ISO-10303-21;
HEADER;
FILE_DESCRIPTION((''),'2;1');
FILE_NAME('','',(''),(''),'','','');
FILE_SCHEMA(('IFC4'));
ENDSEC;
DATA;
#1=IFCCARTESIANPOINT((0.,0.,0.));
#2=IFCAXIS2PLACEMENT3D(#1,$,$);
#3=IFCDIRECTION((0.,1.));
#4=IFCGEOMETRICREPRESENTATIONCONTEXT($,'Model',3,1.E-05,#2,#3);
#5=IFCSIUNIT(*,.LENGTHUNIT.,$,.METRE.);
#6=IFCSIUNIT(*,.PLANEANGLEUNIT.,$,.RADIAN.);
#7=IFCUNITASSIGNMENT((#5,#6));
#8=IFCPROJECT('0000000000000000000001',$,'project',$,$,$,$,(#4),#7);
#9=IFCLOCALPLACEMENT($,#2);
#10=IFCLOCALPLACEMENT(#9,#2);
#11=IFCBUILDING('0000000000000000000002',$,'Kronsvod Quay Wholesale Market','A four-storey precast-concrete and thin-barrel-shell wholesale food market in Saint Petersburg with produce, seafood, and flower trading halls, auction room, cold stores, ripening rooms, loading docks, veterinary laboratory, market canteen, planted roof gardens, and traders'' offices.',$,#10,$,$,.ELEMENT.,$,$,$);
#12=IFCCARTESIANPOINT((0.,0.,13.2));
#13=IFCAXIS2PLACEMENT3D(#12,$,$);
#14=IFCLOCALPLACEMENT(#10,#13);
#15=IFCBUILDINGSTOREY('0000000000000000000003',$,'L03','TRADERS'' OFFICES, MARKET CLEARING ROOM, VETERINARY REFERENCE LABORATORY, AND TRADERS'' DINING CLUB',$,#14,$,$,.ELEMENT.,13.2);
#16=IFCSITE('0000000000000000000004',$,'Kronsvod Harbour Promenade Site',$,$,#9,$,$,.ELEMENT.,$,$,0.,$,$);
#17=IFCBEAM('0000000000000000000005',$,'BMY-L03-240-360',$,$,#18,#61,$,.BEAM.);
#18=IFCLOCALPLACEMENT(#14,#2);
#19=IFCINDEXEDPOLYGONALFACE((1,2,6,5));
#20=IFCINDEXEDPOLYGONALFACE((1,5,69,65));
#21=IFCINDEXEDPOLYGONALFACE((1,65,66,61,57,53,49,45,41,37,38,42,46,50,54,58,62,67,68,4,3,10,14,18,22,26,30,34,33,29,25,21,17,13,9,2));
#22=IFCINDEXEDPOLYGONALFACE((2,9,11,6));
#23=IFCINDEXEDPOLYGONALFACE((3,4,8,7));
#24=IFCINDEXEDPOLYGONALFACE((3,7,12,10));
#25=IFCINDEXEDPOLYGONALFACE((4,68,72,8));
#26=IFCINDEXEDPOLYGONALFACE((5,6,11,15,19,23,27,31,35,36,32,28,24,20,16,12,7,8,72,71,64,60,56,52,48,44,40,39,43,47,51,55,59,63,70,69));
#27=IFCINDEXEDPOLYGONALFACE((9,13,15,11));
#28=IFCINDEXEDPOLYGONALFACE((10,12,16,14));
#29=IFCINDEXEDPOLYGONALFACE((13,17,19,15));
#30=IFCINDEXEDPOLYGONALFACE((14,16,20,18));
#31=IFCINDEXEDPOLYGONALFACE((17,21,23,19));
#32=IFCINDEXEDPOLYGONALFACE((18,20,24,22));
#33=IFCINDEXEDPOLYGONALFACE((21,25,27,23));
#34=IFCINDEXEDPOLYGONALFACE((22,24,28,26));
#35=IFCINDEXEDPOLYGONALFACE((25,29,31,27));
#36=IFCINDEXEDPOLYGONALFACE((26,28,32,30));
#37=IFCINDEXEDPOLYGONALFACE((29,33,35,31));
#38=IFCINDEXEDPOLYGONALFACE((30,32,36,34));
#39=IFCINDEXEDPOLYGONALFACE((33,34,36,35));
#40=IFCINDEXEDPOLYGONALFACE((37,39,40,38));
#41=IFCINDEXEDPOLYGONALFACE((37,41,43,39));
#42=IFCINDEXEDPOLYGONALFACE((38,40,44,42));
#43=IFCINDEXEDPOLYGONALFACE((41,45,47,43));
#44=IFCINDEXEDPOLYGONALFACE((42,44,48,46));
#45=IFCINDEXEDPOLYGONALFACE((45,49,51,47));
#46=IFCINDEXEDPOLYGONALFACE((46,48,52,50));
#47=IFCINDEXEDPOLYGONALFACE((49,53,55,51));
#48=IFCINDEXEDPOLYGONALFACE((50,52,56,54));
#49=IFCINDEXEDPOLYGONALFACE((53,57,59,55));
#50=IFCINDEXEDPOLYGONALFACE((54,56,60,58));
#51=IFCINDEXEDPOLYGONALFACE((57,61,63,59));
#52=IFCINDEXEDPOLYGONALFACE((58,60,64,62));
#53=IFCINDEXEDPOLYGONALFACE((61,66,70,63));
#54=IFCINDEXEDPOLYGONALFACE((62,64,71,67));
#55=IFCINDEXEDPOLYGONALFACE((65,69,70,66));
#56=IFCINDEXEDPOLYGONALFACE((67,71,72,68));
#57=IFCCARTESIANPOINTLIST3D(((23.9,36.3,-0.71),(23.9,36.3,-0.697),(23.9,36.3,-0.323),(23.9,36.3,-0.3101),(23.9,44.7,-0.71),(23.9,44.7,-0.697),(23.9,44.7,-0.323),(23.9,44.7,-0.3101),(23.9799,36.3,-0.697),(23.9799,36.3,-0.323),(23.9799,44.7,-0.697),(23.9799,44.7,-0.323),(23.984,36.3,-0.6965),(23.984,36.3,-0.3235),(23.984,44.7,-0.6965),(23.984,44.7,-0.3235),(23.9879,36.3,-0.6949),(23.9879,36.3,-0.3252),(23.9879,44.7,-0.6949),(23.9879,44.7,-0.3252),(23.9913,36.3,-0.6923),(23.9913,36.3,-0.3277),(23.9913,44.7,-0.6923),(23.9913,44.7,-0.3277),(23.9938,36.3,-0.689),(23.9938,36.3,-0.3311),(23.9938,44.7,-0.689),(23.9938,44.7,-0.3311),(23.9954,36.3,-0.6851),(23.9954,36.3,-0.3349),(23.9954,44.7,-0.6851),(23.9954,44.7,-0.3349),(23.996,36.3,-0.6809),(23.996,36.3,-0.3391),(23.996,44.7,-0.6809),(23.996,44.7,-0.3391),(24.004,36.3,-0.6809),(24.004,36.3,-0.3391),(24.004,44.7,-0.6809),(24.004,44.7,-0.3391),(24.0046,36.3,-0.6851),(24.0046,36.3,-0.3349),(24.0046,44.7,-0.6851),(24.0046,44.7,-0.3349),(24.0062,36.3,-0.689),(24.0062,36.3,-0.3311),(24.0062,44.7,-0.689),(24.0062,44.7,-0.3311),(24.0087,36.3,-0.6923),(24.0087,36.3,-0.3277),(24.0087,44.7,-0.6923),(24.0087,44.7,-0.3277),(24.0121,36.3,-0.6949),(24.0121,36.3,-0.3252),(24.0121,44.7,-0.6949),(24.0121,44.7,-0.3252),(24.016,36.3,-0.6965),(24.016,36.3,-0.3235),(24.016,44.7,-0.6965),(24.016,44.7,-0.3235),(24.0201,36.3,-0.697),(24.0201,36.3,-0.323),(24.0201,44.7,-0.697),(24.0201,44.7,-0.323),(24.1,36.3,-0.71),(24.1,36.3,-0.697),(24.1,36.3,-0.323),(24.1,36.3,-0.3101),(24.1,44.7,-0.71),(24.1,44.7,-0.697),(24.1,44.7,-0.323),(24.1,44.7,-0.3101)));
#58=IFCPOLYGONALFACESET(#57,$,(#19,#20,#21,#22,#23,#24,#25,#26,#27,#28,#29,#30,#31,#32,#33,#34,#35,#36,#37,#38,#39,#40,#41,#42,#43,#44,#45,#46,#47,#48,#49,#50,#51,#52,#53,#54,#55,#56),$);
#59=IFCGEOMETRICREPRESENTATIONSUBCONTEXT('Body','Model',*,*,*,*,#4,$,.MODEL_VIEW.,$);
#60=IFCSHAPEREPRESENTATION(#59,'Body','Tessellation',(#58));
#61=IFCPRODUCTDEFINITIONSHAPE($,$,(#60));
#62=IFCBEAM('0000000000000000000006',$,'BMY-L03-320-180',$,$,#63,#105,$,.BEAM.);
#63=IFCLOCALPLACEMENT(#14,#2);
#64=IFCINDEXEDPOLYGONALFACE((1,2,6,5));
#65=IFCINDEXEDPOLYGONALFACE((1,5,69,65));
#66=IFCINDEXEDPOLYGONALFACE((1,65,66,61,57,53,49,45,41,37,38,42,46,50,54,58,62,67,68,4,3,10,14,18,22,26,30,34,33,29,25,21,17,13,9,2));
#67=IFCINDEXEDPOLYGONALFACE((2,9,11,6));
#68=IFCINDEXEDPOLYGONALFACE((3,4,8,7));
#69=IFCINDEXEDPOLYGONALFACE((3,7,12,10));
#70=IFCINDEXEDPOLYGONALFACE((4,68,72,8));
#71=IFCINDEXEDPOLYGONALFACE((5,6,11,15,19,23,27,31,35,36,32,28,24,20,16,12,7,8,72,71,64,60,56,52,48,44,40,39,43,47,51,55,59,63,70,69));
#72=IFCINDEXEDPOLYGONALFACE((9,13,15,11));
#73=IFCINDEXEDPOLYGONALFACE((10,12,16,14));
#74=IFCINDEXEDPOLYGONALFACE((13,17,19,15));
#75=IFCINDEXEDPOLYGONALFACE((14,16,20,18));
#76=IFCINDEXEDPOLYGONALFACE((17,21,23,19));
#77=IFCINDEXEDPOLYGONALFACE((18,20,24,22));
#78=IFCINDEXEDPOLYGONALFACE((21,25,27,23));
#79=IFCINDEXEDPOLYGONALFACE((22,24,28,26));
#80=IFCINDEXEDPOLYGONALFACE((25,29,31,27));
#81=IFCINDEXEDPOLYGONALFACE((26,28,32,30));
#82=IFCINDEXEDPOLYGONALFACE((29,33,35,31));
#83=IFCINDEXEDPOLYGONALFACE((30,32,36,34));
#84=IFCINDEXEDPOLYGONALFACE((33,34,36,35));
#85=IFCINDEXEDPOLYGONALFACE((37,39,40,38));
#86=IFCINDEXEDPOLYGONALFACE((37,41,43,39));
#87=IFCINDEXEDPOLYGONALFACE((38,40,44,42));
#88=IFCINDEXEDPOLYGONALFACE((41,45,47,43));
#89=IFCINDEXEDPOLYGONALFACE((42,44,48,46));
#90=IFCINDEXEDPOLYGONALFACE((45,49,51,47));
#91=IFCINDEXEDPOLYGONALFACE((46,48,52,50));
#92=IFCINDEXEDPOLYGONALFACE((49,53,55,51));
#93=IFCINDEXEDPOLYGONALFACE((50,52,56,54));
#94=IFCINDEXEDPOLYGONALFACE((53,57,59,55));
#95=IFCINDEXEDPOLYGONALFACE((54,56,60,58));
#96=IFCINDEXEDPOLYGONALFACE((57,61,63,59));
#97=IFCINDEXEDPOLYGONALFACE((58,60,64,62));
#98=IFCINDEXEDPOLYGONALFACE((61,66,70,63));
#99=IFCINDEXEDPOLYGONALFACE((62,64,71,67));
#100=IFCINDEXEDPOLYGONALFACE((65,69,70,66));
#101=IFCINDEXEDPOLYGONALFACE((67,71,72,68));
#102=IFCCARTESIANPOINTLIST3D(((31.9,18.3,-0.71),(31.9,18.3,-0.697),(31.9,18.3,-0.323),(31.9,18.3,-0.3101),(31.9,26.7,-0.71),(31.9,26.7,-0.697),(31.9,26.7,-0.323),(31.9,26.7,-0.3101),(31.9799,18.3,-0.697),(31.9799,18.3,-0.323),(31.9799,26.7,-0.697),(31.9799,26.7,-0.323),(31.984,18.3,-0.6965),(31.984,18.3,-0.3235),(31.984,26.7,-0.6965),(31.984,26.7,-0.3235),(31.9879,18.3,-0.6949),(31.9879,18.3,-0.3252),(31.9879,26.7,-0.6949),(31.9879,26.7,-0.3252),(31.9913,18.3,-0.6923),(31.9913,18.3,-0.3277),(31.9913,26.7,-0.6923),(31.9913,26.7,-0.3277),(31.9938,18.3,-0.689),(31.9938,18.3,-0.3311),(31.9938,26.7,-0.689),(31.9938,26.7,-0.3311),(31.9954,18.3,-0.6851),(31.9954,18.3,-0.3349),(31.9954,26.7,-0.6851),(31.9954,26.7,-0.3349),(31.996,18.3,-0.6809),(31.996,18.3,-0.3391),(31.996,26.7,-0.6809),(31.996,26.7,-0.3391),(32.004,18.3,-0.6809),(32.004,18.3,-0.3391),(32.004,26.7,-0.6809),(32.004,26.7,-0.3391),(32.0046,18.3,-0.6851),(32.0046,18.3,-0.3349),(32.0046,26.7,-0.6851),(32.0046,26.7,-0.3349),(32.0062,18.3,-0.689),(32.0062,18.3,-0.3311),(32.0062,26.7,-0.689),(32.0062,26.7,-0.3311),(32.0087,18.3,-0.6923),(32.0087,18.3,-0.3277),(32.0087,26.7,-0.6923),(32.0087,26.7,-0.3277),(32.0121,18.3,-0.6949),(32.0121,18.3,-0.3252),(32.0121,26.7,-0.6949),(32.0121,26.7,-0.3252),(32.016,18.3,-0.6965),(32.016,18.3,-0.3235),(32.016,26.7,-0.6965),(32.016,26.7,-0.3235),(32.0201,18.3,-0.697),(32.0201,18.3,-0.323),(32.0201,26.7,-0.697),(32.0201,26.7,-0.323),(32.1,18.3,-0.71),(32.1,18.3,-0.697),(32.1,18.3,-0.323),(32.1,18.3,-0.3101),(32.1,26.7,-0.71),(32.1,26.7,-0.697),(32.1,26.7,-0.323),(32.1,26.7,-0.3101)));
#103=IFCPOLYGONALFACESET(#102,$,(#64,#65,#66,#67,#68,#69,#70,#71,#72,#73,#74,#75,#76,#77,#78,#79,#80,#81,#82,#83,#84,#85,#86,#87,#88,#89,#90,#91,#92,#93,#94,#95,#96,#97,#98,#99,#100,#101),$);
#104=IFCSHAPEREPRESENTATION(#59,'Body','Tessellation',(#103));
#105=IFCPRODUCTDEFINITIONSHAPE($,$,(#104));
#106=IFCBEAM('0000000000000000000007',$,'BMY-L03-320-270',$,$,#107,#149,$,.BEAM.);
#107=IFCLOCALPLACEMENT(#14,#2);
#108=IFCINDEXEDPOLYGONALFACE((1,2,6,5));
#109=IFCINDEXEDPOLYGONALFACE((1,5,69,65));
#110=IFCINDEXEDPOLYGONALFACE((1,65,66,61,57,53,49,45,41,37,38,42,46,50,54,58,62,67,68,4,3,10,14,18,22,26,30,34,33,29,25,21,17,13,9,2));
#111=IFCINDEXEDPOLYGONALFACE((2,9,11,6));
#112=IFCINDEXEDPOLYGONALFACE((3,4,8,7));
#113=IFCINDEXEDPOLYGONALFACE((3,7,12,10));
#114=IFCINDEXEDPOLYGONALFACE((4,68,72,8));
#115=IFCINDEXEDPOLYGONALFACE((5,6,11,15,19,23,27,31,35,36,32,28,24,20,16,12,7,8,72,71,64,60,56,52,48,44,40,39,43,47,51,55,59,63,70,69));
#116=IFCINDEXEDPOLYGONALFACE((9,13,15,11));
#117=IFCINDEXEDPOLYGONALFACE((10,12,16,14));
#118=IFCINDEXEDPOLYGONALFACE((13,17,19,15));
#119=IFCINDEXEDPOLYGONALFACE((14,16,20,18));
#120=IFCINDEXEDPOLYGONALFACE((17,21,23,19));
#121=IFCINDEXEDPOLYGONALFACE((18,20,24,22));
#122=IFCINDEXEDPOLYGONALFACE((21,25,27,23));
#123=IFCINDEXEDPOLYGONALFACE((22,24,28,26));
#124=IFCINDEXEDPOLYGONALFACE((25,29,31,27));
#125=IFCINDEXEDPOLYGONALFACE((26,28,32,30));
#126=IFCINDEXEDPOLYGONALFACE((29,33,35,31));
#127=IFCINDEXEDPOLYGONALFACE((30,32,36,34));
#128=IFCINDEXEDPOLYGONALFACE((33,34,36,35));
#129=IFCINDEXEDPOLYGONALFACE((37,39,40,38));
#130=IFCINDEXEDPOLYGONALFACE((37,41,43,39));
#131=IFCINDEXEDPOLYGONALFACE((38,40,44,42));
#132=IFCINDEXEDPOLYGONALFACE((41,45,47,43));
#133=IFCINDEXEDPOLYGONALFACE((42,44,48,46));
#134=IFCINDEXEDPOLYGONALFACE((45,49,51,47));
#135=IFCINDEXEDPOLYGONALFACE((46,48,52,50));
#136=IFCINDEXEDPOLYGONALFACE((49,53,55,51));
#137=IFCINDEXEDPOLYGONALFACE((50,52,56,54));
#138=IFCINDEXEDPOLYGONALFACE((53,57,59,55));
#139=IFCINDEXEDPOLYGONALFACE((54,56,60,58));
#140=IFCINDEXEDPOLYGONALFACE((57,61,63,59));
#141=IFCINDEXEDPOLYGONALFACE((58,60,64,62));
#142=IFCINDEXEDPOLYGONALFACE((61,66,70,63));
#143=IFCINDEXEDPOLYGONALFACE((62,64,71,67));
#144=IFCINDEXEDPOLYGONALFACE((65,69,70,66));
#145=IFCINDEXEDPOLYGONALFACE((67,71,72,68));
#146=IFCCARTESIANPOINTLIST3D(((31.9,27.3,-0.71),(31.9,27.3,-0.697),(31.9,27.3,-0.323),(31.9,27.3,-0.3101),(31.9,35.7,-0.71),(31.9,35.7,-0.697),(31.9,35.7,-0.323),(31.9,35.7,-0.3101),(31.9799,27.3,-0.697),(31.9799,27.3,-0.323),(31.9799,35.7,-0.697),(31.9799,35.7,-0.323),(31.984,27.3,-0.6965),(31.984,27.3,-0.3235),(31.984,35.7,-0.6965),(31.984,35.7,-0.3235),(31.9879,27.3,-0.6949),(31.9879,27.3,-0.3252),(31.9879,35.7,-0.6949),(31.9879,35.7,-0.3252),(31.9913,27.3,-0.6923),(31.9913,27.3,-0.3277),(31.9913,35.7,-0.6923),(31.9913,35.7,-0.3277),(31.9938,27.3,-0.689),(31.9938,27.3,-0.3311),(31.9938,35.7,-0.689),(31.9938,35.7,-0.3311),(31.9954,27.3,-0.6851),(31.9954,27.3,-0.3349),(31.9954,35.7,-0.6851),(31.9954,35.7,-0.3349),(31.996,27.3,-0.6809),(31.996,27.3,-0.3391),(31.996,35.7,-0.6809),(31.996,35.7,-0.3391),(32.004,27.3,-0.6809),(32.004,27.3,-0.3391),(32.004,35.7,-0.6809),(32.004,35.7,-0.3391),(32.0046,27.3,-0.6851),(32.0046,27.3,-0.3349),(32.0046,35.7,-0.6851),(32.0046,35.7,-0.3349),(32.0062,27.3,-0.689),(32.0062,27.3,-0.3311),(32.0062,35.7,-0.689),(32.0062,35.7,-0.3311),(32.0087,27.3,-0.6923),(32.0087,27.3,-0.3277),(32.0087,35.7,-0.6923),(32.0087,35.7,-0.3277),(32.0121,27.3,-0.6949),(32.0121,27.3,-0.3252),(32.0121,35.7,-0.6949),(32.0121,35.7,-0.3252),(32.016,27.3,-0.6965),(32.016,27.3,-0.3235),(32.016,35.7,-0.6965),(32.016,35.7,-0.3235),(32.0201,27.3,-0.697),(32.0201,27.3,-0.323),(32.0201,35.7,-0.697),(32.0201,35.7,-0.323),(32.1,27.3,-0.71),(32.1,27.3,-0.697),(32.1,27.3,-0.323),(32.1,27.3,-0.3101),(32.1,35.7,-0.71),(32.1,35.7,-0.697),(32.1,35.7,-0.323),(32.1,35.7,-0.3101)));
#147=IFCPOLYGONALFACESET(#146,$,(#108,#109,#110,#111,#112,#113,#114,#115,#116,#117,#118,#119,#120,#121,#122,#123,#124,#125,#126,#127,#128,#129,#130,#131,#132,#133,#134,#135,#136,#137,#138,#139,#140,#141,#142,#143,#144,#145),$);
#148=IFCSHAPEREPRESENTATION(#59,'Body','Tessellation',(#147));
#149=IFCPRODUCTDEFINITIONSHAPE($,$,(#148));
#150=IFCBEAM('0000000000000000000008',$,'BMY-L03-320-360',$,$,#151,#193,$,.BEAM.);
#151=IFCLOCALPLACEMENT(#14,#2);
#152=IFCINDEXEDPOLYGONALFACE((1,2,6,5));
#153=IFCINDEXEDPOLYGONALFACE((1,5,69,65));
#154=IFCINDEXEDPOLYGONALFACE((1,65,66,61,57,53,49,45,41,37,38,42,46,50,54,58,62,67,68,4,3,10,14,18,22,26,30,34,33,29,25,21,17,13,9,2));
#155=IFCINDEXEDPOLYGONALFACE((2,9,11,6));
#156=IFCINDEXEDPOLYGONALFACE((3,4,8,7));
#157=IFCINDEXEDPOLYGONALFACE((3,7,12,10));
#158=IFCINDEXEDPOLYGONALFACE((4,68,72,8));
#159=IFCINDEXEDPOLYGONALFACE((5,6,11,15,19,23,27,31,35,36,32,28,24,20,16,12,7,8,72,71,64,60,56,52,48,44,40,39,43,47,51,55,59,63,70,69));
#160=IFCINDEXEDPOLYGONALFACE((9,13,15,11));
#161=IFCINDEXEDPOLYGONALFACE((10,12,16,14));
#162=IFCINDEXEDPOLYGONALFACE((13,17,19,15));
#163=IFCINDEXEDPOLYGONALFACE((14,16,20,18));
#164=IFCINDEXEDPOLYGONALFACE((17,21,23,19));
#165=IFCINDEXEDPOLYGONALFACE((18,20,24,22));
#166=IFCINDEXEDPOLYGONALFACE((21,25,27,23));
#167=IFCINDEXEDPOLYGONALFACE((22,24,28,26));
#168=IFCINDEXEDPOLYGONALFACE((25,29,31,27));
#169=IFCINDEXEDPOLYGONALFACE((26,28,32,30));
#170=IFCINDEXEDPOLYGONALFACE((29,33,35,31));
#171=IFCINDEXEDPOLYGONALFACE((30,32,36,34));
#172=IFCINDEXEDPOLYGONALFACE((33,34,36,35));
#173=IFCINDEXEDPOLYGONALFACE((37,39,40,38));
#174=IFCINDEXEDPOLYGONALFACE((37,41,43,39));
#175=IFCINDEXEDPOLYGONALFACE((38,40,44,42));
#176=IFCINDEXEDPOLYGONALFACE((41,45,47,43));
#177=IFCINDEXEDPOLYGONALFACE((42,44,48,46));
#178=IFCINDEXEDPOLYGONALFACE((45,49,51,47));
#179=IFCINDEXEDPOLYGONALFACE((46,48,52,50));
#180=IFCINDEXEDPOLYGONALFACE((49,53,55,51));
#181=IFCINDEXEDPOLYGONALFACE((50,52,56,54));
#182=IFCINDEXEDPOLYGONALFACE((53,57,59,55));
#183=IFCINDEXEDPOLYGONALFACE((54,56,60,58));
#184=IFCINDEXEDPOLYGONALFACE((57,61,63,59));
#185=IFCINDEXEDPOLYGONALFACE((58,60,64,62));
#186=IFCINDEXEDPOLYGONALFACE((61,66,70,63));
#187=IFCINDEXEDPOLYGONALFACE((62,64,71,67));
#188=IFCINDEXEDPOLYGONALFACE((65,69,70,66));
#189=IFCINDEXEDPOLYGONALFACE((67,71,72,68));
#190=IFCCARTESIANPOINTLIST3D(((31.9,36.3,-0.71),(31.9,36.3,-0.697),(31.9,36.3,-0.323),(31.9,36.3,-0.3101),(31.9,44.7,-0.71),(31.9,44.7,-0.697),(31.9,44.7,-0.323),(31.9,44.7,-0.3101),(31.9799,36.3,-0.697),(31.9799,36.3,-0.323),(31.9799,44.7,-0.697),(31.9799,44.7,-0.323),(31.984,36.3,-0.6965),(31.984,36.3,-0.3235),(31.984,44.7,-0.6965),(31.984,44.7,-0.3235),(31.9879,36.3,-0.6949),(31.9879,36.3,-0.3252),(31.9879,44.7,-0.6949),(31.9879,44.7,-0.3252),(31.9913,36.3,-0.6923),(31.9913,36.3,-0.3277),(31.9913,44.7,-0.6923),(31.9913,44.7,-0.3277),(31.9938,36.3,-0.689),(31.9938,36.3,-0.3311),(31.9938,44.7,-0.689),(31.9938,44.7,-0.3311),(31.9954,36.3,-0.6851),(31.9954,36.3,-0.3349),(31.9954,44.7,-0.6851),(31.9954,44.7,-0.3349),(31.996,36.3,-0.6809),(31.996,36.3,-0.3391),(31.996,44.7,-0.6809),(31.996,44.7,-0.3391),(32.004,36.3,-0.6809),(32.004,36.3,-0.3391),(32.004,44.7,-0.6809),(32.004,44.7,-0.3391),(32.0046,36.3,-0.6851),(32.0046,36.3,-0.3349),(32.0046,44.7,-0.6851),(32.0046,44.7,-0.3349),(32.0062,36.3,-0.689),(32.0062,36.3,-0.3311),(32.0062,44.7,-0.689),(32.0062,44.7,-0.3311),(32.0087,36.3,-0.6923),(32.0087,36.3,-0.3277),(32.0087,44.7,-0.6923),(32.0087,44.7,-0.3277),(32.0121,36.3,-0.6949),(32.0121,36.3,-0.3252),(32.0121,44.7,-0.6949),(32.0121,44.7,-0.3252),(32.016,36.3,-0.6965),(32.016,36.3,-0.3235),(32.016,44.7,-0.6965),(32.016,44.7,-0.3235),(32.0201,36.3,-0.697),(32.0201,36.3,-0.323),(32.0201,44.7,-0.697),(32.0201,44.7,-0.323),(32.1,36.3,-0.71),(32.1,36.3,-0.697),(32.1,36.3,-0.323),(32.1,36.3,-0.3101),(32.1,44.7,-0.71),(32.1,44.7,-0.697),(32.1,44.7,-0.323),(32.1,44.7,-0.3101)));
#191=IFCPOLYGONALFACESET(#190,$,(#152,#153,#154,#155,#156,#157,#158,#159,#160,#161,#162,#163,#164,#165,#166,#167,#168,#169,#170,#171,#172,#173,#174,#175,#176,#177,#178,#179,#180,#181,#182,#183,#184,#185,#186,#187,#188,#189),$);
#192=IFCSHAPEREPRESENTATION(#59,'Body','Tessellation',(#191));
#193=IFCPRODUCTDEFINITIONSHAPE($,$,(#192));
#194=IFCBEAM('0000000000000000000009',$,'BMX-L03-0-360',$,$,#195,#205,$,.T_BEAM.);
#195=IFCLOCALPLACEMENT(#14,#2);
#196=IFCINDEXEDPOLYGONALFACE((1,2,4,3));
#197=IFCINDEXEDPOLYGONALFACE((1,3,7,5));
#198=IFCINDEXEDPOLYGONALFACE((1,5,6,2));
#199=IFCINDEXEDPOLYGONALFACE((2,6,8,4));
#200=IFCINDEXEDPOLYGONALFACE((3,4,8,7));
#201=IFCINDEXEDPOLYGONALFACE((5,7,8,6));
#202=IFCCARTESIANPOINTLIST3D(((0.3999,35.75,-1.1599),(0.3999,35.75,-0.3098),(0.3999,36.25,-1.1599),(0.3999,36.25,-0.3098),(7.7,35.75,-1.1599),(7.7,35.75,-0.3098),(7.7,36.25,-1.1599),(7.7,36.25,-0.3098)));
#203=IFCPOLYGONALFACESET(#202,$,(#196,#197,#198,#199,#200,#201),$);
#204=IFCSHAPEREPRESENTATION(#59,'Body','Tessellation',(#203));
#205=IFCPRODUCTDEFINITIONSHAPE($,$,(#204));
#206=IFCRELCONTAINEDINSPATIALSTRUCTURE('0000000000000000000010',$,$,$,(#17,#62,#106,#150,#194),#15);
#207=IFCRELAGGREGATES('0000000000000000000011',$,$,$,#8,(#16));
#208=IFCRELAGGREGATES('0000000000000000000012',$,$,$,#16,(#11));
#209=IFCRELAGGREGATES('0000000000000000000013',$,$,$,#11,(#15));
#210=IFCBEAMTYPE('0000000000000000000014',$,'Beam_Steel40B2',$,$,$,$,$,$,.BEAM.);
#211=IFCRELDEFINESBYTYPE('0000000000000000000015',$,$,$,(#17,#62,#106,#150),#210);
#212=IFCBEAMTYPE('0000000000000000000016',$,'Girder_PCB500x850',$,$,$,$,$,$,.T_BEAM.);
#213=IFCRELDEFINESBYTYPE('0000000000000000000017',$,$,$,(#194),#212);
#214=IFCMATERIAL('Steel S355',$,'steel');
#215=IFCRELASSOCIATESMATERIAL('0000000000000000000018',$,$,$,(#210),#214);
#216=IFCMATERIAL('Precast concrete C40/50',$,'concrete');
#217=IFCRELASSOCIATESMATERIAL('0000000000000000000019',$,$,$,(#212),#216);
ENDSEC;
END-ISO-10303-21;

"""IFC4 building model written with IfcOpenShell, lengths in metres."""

from ifc_helpers import new_model, si_unit, direction, frame, origin, origin_2d, place, context, subcontext, project, spatial, rectangle, i_section, extrude, material, material_profile, profile_set, type_object, element, save


model = new_model("IFC4")

# Units and contexts
model_context = context("Model", 3, precision=1e-05, world=origin(), true_north=direction((0.0, 1.0)))
body_context = subcontext(model_context, "Body", "Model", "MODEL_VIEW")
ifc_project = project(units=[si_unit("LENGTHUNIT", "METRE"), si_unit("PLANEANGLEUNIT", "RADIAN")], contexts=[model_context])

# Site, building, storey
site_placement = place(None, origin())
site = spatial("IfcSite", under=ifc_project, at=site_placement, Name="Kronsvod Harbour Promenade Site", CompositionType="ELEMENT", RefElevation=0.0)
building_placement = place(site_placement, origin())
building = spatial("IfcBuilding", under=site, at=building_placement, Name="Kronsvod Quay Wholesale Market", Description="A four-storey precast-concrete and thin-barrel-shell wholesale food market in Saint Petersburg with produce, seafood, and flower trading halls, auction room, cold stores, ripening rooms, loading docks, veterinary laboratory, market canteen, planted roof gardens, and traders' offices.", CompositionType="ELEMENT")
storey_placement = place(building_placement, frame((0.0, 0.0, 13.2)))
storey = spatial("IfcBuildingStorey", under=building, at=storey_placement, Name="L03", Description="TRADERS' OFFICES, MARKET CLEARING ROOM, VETERINARY REFERENCE LABORATORY, AND TRADERS' DINING CLUB", CompositionType="ELEMENT", Elevation=13.2)

# Beams
ifc_material_1 = material(Name="Steel S355", Category="steel")
ifc_material_profile_1 = material_profile(ifc_material_1, i_section(OverallWidth=0.2, OverallDepth=0.3999, WebThickness=0.0081, FlangeThickness=0.0129, FilletRadius=0.0161, at=origin_2d()), Name="40B2")
ifc_profile_set_1 = profile_set([ifc_material_profile_1], Name="Steel S355")
beam_type_1 = type_object("IfcBeamType", Name="Beam_Steel40B2", PredefinedType="BEAM", material=ifc_profile_set_1)
for number, where, z_axis, x_axis, name in (
    (1, (24.0, 36.3, -0.51), (0.0, 1.0, 0.0), (-1.0, 0.0, 0.0), "BMY-L03-240-360"),
    (2, (32.0, 18.3, -0.51), (0.0, 1.0, 0.0), (-1.0, 0.0, 0.0), "BMY-L03-320-180"),
    (3, (32.0, 27.3, -0.51), (0.0, 1.0, 0.0), (-1.0, 0.0, 0.0), "BMY-L03-320-270"),
    (4, (32.0, 36.3, -0.51), (0.0, 1.0, 0.0), (-1.0, 0.0, 0.0), "BMY-L03-320-360"),
):
    element("IfcBeam", number, at=place(storey_placement, frame(where, z_axis=z_axis, x_axis=x_axis)), inside=storey, type_object=beam_type_1, Name=name, PredefinedType="BEAM", context=body_context, shape_type="SweptSolid", body=[
        extrude(i_section(OverallWidth=0.2, OverallDepth=0.3999, WebThickness=0.0081, FlangeThickness=0.0129, FilletRadius=0.0161, at=origin_2d()), origin(), (0.0, 0.0, 1.0), 8.3999),
    ])
ifc_material_2 = material(Name="Precast concrete C40/50", Category="concrete")
ifc_material_profile_2 = material_profile(ifc_material_2, rectangle(XDim=0.5, YDim=0.8501, at=origin_2d()), Name="PCB500x850")
ifc_profile_set_2 = profile_set([ifc_material_profile_2], Name="Precast concrete C40/50")
beam_type_2 = type_object("IfcBeamType", Name="Girder_PCB500x850", PredefinedType="T_BEAM", material=ifc_profile_set_2)
beam_1_placement = place(storey_placement, frame((0.3999, 36.0, -0.7349), z_axis=(1.0, 0.0, 0.0), x_axis=(0.0, 1.0, 0.0)))
element("IfcBeam", 5, at=beam_1_placement, inside=storey, type_object=beam_type_2, Name="BMX-L03-0-360", PredefinedType="T_BEAM", context=body_context, shape_type="SweptSolid", body=[
    extrude(rectangle(XDim=0.5, YDim=0.8501, at=origin_2d()), origin(), (0.0, 0.0, 1.0), 7.3),
])

save(model, "model.ifc")
